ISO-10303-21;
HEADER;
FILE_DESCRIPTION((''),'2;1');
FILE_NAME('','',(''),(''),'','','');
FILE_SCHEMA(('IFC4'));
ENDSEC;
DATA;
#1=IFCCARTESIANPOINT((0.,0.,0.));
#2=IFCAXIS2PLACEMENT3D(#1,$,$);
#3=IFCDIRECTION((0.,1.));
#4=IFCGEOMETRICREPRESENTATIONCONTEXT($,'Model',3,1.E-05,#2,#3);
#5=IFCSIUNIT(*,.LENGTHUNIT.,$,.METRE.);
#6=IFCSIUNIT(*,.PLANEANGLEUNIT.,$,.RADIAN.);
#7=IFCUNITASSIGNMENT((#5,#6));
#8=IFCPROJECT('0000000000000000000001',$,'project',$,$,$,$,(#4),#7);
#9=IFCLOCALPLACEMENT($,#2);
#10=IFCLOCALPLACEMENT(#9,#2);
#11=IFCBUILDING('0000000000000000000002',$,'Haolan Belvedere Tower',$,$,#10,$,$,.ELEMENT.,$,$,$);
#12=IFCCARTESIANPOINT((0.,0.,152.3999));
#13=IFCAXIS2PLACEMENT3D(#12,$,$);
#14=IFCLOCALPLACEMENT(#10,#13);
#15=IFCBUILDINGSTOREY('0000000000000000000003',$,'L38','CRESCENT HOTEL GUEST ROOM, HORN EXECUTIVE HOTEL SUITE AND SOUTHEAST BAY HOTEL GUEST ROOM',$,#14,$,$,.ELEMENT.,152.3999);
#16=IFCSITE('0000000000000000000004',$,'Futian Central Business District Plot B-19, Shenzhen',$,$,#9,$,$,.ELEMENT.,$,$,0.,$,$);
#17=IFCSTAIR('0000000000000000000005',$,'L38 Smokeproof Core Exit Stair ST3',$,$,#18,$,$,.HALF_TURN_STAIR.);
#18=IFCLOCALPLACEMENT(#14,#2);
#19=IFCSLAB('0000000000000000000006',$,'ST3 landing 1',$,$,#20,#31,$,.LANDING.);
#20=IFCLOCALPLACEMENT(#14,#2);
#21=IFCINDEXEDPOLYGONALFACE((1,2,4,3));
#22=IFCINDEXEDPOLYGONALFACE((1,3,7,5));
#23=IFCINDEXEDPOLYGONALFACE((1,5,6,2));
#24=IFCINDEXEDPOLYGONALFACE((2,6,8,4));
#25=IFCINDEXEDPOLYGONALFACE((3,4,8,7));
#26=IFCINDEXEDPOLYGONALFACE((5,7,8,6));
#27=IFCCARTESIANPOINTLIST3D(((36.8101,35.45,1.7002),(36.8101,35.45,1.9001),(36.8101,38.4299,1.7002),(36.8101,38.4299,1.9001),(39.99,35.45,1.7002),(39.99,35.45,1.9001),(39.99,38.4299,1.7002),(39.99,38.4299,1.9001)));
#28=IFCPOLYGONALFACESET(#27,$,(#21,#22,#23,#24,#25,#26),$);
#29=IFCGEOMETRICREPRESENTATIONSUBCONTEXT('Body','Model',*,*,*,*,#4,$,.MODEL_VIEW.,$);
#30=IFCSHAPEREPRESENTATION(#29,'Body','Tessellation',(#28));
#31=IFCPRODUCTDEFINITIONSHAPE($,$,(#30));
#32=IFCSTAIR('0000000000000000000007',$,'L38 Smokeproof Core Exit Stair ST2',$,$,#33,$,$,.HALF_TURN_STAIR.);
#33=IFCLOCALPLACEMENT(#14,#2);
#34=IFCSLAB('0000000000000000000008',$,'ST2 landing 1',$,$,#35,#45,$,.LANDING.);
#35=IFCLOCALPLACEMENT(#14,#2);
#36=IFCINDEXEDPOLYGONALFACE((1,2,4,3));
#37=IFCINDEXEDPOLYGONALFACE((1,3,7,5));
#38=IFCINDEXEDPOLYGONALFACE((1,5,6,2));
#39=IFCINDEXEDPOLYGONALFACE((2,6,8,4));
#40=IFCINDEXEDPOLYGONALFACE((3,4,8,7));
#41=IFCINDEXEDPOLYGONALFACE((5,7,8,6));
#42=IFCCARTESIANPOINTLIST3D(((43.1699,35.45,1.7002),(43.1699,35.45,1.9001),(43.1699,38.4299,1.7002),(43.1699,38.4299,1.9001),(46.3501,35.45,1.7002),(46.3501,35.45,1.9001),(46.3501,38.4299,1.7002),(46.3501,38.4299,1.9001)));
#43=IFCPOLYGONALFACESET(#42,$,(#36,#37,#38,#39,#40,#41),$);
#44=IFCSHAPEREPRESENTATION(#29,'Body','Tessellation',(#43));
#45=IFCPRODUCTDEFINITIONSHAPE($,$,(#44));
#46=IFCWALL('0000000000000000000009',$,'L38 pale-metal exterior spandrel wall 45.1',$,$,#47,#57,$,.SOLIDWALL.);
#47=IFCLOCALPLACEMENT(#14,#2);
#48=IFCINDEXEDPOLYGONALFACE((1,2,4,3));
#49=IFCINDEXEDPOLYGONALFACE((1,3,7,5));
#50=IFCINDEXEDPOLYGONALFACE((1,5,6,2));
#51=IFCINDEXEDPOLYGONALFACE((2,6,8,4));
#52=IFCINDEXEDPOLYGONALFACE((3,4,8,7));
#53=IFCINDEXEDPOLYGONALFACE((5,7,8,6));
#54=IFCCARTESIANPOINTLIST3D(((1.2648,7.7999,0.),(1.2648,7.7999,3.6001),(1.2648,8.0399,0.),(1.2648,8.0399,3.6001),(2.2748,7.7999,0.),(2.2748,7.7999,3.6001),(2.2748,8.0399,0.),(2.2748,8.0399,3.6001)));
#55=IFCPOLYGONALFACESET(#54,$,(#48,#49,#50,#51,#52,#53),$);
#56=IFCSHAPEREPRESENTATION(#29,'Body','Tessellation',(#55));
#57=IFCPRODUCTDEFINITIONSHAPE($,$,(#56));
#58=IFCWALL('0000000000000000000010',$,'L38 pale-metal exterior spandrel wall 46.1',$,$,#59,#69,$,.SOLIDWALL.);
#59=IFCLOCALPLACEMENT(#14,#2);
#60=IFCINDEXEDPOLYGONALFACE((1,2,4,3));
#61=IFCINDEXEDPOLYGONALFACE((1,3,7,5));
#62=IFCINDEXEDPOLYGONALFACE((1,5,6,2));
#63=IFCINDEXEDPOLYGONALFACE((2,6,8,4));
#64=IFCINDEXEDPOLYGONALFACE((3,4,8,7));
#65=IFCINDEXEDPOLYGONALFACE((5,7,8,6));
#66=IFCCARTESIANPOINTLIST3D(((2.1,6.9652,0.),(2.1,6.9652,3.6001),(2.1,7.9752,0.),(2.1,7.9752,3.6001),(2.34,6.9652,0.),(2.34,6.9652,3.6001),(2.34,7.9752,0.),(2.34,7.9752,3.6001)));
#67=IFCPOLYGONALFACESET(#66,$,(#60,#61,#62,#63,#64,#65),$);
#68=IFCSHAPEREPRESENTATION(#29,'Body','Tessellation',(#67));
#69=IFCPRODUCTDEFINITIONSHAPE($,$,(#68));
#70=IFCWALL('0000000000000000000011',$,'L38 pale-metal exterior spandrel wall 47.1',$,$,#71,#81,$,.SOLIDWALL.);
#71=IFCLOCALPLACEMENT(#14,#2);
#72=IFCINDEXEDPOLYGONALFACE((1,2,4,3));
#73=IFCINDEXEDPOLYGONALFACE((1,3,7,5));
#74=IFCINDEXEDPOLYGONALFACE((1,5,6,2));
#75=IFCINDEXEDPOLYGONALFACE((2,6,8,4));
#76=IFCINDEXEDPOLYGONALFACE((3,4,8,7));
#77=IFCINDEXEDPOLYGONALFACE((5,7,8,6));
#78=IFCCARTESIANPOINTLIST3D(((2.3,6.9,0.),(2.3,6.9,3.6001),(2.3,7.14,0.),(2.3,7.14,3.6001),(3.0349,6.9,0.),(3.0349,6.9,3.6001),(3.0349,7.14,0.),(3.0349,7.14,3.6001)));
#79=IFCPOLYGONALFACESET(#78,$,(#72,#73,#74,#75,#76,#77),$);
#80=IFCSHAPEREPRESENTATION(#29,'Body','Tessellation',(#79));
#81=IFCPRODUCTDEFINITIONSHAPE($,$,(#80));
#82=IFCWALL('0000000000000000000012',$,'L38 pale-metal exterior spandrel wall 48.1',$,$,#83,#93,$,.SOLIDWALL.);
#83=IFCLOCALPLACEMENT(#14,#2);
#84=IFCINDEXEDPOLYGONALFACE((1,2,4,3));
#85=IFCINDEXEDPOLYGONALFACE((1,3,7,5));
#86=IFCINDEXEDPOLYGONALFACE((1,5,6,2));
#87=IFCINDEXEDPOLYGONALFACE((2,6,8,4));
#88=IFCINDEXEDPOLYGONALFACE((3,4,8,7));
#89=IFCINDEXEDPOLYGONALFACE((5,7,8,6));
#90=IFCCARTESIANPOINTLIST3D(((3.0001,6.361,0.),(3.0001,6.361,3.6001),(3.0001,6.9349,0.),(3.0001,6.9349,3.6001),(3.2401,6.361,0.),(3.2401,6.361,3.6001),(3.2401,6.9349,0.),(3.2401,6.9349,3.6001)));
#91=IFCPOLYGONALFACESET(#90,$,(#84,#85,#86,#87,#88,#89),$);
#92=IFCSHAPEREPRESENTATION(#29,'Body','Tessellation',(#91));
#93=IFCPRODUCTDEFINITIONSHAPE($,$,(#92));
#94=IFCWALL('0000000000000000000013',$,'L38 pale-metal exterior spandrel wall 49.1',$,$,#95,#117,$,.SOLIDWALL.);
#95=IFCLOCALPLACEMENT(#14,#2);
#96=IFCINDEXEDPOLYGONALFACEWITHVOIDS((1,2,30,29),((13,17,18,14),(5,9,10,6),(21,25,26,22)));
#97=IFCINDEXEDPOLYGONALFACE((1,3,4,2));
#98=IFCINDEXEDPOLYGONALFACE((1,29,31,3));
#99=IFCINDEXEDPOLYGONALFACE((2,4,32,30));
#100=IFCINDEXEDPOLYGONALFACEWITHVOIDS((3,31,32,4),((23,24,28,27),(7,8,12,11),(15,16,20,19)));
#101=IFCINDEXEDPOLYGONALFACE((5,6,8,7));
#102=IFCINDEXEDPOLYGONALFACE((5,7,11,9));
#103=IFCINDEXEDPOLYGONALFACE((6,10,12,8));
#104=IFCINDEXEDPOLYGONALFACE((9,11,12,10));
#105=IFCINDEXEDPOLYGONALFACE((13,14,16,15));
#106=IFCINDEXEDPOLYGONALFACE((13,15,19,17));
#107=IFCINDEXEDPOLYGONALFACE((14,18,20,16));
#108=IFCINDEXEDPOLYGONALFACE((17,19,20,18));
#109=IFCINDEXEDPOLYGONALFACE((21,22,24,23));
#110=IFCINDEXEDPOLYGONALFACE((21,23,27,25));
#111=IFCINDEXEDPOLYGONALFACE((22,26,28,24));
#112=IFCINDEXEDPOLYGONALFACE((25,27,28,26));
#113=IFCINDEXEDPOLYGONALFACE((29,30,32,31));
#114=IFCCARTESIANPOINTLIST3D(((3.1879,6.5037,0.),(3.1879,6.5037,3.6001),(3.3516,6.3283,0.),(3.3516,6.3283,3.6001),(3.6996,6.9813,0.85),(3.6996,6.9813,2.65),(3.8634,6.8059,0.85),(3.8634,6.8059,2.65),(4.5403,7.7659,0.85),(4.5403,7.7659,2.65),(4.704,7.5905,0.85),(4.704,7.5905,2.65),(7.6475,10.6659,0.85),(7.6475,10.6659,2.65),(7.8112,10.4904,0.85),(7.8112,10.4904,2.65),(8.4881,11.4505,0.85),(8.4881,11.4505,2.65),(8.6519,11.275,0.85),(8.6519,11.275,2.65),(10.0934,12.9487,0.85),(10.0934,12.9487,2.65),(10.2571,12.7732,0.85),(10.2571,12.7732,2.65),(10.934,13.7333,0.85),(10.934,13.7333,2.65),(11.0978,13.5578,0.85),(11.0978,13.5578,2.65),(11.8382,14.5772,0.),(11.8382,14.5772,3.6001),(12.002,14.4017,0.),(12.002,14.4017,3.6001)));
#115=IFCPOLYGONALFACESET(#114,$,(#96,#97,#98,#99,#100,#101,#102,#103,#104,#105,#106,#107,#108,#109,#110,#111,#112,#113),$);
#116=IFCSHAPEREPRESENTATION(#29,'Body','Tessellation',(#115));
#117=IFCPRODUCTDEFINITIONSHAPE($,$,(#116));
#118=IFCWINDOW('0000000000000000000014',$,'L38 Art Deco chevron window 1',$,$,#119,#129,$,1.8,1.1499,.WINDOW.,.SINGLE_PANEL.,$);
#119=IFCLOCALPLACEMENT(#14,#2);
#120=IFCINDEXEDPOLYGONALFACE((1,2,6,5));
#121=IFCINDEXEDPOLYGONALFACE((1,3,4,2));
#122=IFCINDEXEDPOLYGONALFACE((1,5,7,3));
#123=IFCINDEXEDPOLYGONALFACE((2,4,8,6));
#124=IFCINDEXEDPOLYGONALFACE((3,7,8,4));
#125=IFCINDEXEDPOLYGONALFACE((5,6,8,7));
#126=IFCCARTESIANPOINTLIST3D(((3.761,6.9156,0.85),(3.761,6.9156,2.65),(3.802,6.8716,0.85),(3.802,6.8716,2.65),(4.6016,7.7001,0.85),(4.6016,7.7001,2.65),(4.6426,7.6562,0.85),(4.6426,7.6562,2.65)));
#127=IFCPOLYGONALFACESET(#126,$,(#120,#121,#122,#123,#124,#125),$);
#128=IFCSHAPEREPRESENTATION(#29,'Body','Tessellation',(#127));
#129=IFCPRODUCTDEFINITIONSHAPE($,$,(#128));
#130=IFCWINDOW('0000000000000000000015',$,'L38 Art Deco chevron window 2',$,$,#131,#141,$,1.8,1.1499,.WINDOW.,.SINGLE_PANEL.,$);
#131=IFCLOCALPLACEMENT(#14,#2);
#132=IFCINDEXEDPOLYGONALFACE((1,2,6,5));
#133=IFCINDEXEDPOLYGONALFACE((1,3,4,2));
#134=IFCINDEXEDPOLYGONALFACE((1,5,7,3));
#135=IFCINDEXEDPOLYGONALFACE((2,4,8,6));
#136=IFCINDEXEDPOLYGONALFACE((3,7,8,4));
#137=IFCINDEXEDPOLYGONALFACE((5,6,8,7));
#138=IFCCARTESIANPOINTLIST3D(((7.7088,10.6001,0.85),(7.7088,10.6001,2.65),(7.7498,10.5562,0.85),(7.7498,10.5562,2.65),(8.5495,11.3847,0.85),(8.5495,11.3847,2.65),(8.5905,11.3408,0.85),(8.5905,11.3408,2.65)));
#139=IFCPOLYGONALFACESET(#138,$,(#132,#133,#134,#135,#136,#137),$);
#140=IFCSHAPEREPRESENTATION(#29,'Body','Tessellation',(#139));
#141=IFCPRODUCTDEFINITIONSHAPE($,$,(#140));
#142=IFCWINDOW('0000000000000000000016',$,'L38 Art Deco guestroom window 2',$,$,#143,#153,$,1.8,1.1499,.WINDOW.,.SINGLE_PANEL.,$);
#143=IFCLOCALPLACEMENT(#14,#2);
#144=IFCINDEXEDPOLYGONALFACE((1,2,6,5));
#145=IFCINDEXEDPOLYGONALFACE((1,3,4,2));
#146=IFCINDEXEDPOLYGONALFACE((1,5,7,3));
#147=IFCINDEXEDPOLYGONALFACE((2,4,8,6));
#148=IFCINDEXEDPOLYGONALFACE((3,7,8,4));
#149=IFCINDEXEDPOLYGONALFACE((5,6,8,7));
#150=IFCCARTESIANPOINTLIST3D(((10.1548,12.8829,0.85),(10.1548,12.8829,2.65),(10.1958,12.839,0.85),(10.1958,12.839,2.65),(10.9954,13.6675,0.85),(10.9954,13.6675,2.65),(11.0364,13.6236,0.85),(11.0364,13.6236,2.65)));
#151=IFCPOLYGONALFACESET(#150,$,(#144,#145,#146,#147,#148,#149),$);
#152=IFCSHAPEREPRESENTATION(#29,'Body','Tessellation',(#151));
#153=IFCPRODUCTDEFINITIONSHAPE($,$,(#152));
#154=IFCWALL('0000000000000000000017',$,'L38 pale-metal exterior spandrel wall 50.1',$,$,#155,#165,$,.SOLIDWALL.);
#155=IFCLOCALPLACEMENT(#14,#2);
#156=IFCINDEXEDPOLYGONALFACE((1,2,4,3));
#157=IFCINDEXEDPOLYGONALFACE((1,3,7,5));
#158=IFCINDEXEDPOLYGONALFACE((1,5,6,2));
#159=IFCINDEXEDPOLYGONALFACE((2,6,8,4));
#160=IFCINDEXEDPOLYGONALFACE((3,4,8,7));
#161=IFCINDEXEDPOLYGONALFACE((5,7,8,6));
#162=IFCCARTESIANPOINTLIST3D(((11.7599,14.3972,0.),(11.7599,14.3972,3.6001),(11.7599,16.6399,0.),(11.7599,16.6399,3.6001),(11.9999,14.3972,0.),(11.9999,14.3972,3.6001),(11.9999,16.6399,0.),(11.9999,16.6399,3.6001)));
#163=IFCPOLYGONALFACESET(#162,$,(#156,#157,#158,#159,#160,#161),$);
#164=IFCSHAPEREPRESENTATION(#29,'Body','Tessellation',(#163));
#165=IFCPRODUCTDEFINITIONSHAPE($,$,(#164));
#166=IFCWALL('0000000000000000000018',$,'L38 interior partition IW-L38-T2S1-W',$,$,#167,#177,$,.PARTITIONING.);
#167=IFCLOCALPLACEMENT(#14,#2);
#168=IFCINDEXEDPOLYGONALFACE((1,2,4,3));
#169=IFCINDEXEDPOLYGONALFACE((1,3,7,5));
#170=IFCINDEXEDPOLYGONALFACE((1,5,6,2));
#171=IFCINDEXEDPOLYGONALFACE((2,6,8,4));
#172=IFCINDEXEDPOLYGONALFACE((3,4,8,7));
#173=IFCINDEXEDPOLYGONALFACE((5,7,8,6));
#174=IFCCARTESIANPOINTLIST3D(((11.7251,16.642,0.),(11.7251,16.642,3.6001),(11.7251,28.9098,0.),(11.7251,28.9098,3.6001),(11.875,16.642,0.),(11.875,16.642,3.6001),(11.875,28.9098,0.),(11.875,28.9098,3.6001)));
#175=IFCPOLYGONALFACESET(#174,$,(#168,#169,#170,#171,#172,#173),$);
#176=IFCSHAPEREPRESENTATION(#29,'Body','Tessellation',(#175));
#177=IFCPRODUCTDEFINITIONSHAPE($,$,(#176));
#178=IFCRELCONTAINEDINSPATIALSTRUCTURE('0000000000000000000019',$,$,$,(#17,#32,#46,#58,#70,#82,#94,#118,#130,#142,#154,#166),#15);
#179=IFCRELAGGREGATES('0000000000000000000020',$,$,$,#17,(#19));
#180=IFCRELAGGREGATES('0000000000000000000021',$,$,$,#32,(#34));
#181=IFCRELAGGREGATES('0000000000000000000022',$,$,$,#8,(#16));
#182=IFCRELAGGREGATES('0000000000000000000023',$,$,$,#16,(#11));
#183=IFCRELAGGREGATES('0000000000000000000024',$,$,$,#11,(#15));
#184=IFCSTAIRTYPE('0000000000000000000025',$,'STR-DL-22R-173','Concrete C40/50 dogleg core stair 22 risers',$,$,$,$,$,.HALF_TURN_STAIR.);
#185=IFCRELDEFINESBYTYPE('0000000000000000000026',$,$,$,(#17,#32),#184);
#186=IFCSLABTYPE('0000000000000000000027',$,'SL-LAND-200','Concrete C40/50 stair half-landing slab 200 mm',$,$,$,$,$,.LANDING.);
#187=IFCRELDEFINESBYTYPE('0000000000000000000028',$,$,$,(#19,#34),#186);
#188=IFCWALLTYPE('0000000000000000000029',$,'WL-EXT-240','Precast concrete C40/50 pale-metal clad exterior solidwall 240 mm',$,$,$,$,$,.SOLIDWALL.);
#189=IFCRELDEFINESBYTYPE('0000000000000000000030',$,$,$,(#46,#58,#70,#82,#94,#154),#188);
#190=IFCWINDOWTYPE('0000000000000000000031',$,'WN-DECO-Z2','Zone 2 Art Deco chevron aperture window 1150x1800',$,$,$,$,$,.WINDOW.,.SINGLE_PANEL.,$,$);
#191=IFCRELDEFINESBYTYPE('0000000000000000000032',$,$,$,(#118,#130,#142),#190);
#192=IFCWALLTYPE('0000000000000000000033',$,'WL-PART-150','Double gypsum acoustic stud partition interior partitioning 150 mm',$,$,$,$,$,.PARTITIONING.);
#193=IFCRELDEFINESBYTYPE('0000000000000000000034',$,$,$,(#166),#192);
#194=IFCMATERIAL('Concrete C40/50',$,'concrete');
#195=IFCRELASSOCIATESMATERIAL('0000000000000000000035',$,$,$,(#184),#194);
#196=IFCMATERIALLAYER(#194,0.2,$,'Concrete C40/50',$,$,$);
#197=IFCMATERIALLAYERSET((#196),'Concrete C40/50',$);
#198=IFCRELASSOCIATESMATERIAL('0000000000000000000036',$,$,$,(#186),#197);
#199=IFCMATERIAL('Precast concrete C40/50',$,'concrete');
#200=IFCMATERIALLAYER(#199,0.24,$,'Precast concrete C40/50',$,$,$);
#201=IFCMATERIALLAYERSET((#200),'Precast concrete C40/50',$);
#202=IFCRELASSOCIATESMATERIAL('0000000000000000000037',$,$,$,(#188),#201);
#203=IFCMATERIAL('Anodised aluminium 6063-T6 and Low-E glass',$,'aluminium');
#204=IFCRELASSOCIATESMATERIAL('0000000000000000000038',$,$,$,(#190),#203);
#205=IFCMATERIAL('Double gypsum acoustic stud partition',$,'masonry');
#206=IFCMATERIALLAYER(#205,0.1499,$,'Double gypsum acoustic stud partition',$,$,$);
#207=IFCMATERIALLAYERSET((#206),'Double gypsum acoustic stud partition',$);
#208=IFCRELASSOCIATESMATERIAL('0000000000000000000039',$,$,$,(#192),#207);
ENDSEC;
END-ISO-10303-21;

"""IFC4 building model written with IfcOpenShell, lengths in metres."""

from ifc_helpers import new_model, si_unit, direction, frame, frame_2d, origin, place, context, subcontext, project, spatial, polyline, rectangle, outline, extrude, material, layer, layer_set, type_object, element, fill, aggregate, save


model = new_model("IFC4")

# Units and contexts
model_context = context("Model", 3, precision=1e-05, world=origin(), true_north=direction((0.0, 1.0)))
body_context = subcontext(model_context, "Body", "Model", "MODEL_VIEW")
ifc_project = project(units=[si_unit("LENGTHUNIT", "METRE"), si_unit("PLANEANGLEUNIT", "RADIAN")], contexts=[model_context])

# Site, building, storey
site_placement = place(None, origin())
site = spatial("IfcSite", under=ifc_project, at=site_placement, Name="Futian Central Business District Plot B-19, Shenzhen", CompositionType="ELEMENT", RefElevation=0.0)
building_placement = place(site_placement, origin())
building = spatial("IfcBuilding", under=site, at=building_placement, Name="Haolan Belvedere Tower", CompositionType="ELEMENT")
storey_placement = place(building_placement, frame((0.0, 0.0, 152.3999)))
storey = spatial("IfcBuildingStorey", under=building, at=storey_placement, Name="L38", Description="CRESCENT HOTEL GUEST ROOM, HORN EXECUTIVE HOTEL SUITE AND SOUTHEAST BAY HOTEL GUEST ROOM", CompositionType="ELEMENT", Elevation=152.3999)

# Shared definitions
ifc_material_1 = material(Name="Concrete C40/50", Category="concrete")

# Stairs, slabs
stair_type = type_object("IfcStairType", Name="STR-DL-22R-173", Description="Concrete C40/50 dogleg core stair 22 risers", PredefinedType="HALF_TURN_STAIR", material=ifc_material_1)
ifc_layer_1 = layer(ifc_material_1, 0.2, Name="Concrete C40/50")
ifc_layer_set_1 = layer_set([ifc_layer_1], Name="Concrete C40/50")
slab_type_1 = type_object("IfcSlabType", Name="SL-LAND-200", Description="Concrete C40/50 stair half-landing slab 200 mm", PredefinedType="LANDING", material=ifc_layer_set_1)
stair_1_placement = place(storey_placement, origin())
stair_1 = element("IfcStair", 1, at=stair_1_placement, inside=storey, type_object=stair_type, Name="L38 Smokeproof Core Exit Stair ST3", PredefinedType="HALF_TURN_STAIR")
slab_1_placement = place(storey_placement, frame((0.0, 0.0, 1.7002)))
slab_1 = element("IfcSlab", 2, at=slab_1_placement, type_object=slab_type_1, Name="ST3 landing 1", PredefinedType="LANDING", context=body_context, shape_type="SweptSolid", body=[
    extrude(outline(polyline([(36.8101, 38.4299), (36.8101, 35.45), (39.99, 35.45), (39.99, 38.4299), (36.8101, 38.4299)])), origin(), (0.0, 0.0, 1.0), 0.2),
])
aggregate(stair_1, [slab_1])
stair_2_placement = place(storey_placement, origin())
stair_2 = element("IfcStair", 3, at=stair_2_placement, inside=storey, type_object=stair_type, Name="L38 Smokeproof Core Exit Stair ST2", PredefinedType="HALF_TURN_STAIR")
slab_2_placement = place(storey_placement, frame((0.0, 0.0, 1.7002)))
slab_2 = element("IfcSlab", 4, at=slab_2_placement, type_object=slab_type_1, Name="ST2 landing 1", PredefinedType="LANDING", context=body_context, shape_type="SweptSolid", body=[
    extrude(outline(polyline([(43.1699, 38.4299), (43.1699, 35.45), (46.3501, 35.45), (46.3501, 38.4299), (43.1699, 38.4299)])), origin(), (0.0, 0.0, 1.0), 0.2),
])
aggregate(stair_2, [slab_2])

# Walls
ifc_material_2 = material(Name="Precast concrete C40/50", Category="concrete")
ifc_layer_2 = layer(ifc_material_2, 0.24, Name="Precast concrete C40/50")
ifc_layer_set_2 = layer_set([ifc_layer_2], Name="Precast concrete C40/50")
wall_type_1 = type_object("IfcWallType", Name="WL-EXT-240", Description="Precast concrete C40/50 pale-metal clad exterior solidwall 240 mm", PredefinedType="SOLIDWALL", material=ifc_layer_set_2)
for number, where, z_axis, x_axis, name in (
    (5, (1.2649, 7.9199, 0.0), (0.0, 0.0, 1.0), (1.0, 0.0, 0.0), "L38 pale-metal exterior spandrel wall 45.1"),
    (6, (2.22, 7.9751, 0.0), (0.0, 0.0, 1.0), (0.0, -1.0, 0.0), "L38 pale-metal exterior spandrel wall 46.1"),
):
    element("IfcWall", number, at=place(storey_placement, frame(where, z_axis=z_axis, x_axis=x_axis)), inside=storey, type_object=wall_type_1, Name=name, PredefinedType="SOLIDWALL", context=body_context, shape_type="SweptSolid", body=[
        extrude(rectangle(XDim=1.01, YDim=0.24, at=frame_2d((0.5049, 0.0))), origin(), (0.0, 0.0, 1.0), 3.6001),
    ])
wall_1_placement = place(storey_placement, frame((2.3, 7.02, 0.0), z_axis=(0.0, 0.0, 1.0), x_axis=(1.0, 0.0, 0.0)))
element("IfcWall", 7, at=wall_1_placement, inside=storey, type_object=wall_type_1, Name="L38 pale-metal exterior spandrel wall 47.1", PredefinedType="SOLIDWALL", context=body_context, shape_type="SweptSolid", body=[
    extrude(rectangle(XDim=0.7349, YDim=0.24, at=frame_2d((0.3674, 0.0))), origin(), (0.0, 0.0, 1.0), 3.6001),
])
wall_2_placement = place(storey_placement, frame((3.1201, 6.9351, 0.0), z_axis=(0.0, 0.0, 1.0), x_axis=(0.0, -1.0, 0.0)))
element("IfcWall", 8, at=wall_2_placement, inside=storey, type_object=wall_type_1, Name="L38 pale-metal exterior spandrel wall 48.1", PredefinedType="SOLIDWALL", context=body_context, shape_type="SweptSolid", body=[
    extrude(rectangle(XDim=0.574, YDim=0.24, at=frame_2d((0.2871, 0.0))), origin(), (0.0, 0.0, 1.0), 3.6001),
])

# Wall, openings, windows
wall_3_placement = place(storey_placement, frame((3.2698, 6.416, 0.0), z_axis=(0.0, 0.0, 1.0), x_axis=(0.731064, 0.682309, 0.0)))
wall_3 = element("IfcWall", 9, at=wall_3_placement, inside=storey, type_object=wall_type_1, Name="L38 pale-metal exterior spandrel wall 49.1", PredefinedType="SOLIDWALL", context=body_context, shape_type="SweptSolid", body=[
    extrude(rectangle(XDim=11.8325, YDim=0.24, at=frame_2d((5.9163, 0.0))), origin(), (0.0, 0.0, 1.0), 3.6001),
])
opening_1_placement = place(wall_3_placement, frame((0.7, 0.0, 0.8501)))
opening_1 = element("IfcOpeningElement", 10, at=opening_1_placement, cuts=wall_3, PredefinedType="OPENING", context=body_context, shape_type="SweptSolid", body=[
    extrude(rectangle(XDim=1.1499, YDim=1.8, at=frame_2d((0.575, 0.8999))), frame((0.0, 0.1299, 0.0), z_axis=(0.0, -1.0, 0.0), x_axis=(1.0, 0.0, 0.0)), (0.0, 0.0, 1.0), 0.26),
])
opening_2_placement = place(wall_3_placement, frame((6.1001, 0.0, 0.8501)))
opening_2 = element("IfcOpeningElement", 11, at=opening_2_placement, cuts=wall_3, PredefinedType="OPENING", context=body_context, shape_type="SweptSolid", body=[
    extrude(rectangle(XDim=1.1499, YDim=1.8, at=frame_2d((0.575, 0.8999))), frame((0.0, 0.1299, 0.0), z_axis=(0.0, -1.0, 0.0), x_axis=(1.0, 0.0, 0.0)), (0.0, 0.0, 1.0), 0.26),
])
opening_3_placement = place(wall_3_placement, frame((9.4458, 0.0, 0.8501)))
opening_3 = element("IfcOpeningElement", 12, at=opening_3_placement, cuts=wall_3, PredefinedType="OPENING", context=body_context, shape_type="SweptSolid", body=[
    extrude(rectangle(XDim=1.1499, YDim=1.8, at=frame_2d((0.575, 0.8999))), frame((0.0, 0.1299, 0.0), z_axis=(0.0, -1.0, 0.0), x_axis=(1.0, 0.0, 0.0)), (0.0, 0.0, 1.0), 0.26),
])
ifc_material_3 = material(Name="Anodised aluminium 6063-T6 and Low-E glass", Category="aluminium")
window_type = type_object("IfcWindowType", Name="WN-DECO-Z2", Description="Zone 2 Art Deco chevron aperture window 1150x1800", PartitioningType="SINGLE_PANEL", PredefinedType="WINDOW", material=ifc_material_3)
window_1_placement = place(opening_1_placement, origin())
window_1 = element("IfcWindow", 13, at=window_1_placement, inside=storey, type_object=window_type, Name="L38 Art Deco chevron window 1", OverallHeight=1.8, OverallWidth=1.1499, PartitioningType="SINGLE_PANEL", PredefinedType="WINDOW", context=body_context, shape_type="SweptSolid", body=[
    extrude(rectangle(XDim=1.1499, YDim=1.8, at=frame_2d((0.575, 0.8999))), frame((0.0, 0.03, 0.0), z_axis=(0.0, -1.0, 0.0), x_axis=(1.0, 0.0, 0.0)), (0.0, 0.0, 1.0), 0.0601),
])
fill(opening_1, window_1)
window_2_placement = place(opening_2_placement, origin())
window_2 = element("IfcWindow", 14, at=window_2_placement, inside=storey, type_object=window_type, Name="L38 Art Deco chevron window 2", OverallHeight=1.8, OverallWidth=1.1499, PartitioningType="SINGLE_PANEL", PredefinedType="WINDOW", context=body_context, shape_type="SweptSolid", body=[
    extrude(rectangle(XDim=1.1499, YDim=1.8, at=frame_2d((0.575, 0.8999))), frame((0.0, 0.03, 0.0), z_axis=(0.0, -1.0, 0.0), x_axis=(1.0, 0.0, 0.0)), (0.0, 0.0, 1.0), 0.0601),
])
fill(opening_2, window_2)
window_3_placement = place(opening_3_placement, origin())
window_3 = element("IfcWindow", 15, at=window_3_placement, inside=storey, type_object=window_type, Name="L38 Art Deco guestroom window 2", OverallHeight=1.8, OverallWidth=1.1499, PartitioningType="SINGLE_PANEL", PredefinedType="WINDOW", context=body_context, shape_type="SweptSolid", body=[
    extrude(rectangle(XDim=1.1499, YDim=1.8, at=frame_2d((0.575, 0.8999))), frame((0.0, 0.03, 0.0), z_axis=(0.0, -1.0, 0.0), x_axis=(1.0, 0.0, 0.0)), (0.0, 0.0, 1.0), 0.0601),
])
fill(opening_3, window_3)

# Walls
wall_4_placement = place(storey_placement, frame((11.8799, 14.3972, 0.0), z_axis=(0.0, 0.0, 1.0), x_axis=(0.0, 1.0, 0.0)))
element("IfcWall", 16, at=wall_4_placement, inside=storey, type_object=wall_type_1, Name="L38 pale-metal exterior spandrel wall 50.1", PredefinedType="SOLIDWALL", context=body_context, shape_type="SweptSolid", body=[
    extrude(rectangle(XDim=2.2427, YDim=0.24, at=frame_2d((1.1213, 0.0))), origin(), (0.0, 0.0, 1.0), 3.6001),
])
ifc_material_4 = material(Name="Double gypsum acoustic stud partition", Category="masonry")
ifc_layer_3 = layer(ifc_material_4, 0.1499, Name="Double gypsum acoustic stud partition")
ifc_layer_set_3 = layer_set([ifc_layer_3], Name="Double gypsum acoustic stud partition")
wall_type_2 = type_object("IfcWallType", Name="WL-PART-150", Description="Double gypsum acoustic stud partition interior partitioning 150 mm", PredefinedType="PARTITIONING", material=ifc_layer_set_3)
wall_5_placement = place(storey_placement, frame((11.8, 16.6421, 0.0), z_axis=(0.0, 0.0, 1.0), x_axis=(0.0, 1.0, 0.0)))
element("IfcWall", 17, at=wall_5_placement, inside=storey, type_object=wall_type_2, Name="L38 interior partition IW-L38-T2S1-W", PredefinedType="PARTITIONING", context=body_context, shape_type="SweptSolid", body=[
    extrude(rectangle(XDim=12.2678, YDim=0.1499, at=frame_2d((6.1338, 0.0))), origin(), (0.0, 0.0, 1.0), 3.6001),
])

save(model, "model.ifc")
